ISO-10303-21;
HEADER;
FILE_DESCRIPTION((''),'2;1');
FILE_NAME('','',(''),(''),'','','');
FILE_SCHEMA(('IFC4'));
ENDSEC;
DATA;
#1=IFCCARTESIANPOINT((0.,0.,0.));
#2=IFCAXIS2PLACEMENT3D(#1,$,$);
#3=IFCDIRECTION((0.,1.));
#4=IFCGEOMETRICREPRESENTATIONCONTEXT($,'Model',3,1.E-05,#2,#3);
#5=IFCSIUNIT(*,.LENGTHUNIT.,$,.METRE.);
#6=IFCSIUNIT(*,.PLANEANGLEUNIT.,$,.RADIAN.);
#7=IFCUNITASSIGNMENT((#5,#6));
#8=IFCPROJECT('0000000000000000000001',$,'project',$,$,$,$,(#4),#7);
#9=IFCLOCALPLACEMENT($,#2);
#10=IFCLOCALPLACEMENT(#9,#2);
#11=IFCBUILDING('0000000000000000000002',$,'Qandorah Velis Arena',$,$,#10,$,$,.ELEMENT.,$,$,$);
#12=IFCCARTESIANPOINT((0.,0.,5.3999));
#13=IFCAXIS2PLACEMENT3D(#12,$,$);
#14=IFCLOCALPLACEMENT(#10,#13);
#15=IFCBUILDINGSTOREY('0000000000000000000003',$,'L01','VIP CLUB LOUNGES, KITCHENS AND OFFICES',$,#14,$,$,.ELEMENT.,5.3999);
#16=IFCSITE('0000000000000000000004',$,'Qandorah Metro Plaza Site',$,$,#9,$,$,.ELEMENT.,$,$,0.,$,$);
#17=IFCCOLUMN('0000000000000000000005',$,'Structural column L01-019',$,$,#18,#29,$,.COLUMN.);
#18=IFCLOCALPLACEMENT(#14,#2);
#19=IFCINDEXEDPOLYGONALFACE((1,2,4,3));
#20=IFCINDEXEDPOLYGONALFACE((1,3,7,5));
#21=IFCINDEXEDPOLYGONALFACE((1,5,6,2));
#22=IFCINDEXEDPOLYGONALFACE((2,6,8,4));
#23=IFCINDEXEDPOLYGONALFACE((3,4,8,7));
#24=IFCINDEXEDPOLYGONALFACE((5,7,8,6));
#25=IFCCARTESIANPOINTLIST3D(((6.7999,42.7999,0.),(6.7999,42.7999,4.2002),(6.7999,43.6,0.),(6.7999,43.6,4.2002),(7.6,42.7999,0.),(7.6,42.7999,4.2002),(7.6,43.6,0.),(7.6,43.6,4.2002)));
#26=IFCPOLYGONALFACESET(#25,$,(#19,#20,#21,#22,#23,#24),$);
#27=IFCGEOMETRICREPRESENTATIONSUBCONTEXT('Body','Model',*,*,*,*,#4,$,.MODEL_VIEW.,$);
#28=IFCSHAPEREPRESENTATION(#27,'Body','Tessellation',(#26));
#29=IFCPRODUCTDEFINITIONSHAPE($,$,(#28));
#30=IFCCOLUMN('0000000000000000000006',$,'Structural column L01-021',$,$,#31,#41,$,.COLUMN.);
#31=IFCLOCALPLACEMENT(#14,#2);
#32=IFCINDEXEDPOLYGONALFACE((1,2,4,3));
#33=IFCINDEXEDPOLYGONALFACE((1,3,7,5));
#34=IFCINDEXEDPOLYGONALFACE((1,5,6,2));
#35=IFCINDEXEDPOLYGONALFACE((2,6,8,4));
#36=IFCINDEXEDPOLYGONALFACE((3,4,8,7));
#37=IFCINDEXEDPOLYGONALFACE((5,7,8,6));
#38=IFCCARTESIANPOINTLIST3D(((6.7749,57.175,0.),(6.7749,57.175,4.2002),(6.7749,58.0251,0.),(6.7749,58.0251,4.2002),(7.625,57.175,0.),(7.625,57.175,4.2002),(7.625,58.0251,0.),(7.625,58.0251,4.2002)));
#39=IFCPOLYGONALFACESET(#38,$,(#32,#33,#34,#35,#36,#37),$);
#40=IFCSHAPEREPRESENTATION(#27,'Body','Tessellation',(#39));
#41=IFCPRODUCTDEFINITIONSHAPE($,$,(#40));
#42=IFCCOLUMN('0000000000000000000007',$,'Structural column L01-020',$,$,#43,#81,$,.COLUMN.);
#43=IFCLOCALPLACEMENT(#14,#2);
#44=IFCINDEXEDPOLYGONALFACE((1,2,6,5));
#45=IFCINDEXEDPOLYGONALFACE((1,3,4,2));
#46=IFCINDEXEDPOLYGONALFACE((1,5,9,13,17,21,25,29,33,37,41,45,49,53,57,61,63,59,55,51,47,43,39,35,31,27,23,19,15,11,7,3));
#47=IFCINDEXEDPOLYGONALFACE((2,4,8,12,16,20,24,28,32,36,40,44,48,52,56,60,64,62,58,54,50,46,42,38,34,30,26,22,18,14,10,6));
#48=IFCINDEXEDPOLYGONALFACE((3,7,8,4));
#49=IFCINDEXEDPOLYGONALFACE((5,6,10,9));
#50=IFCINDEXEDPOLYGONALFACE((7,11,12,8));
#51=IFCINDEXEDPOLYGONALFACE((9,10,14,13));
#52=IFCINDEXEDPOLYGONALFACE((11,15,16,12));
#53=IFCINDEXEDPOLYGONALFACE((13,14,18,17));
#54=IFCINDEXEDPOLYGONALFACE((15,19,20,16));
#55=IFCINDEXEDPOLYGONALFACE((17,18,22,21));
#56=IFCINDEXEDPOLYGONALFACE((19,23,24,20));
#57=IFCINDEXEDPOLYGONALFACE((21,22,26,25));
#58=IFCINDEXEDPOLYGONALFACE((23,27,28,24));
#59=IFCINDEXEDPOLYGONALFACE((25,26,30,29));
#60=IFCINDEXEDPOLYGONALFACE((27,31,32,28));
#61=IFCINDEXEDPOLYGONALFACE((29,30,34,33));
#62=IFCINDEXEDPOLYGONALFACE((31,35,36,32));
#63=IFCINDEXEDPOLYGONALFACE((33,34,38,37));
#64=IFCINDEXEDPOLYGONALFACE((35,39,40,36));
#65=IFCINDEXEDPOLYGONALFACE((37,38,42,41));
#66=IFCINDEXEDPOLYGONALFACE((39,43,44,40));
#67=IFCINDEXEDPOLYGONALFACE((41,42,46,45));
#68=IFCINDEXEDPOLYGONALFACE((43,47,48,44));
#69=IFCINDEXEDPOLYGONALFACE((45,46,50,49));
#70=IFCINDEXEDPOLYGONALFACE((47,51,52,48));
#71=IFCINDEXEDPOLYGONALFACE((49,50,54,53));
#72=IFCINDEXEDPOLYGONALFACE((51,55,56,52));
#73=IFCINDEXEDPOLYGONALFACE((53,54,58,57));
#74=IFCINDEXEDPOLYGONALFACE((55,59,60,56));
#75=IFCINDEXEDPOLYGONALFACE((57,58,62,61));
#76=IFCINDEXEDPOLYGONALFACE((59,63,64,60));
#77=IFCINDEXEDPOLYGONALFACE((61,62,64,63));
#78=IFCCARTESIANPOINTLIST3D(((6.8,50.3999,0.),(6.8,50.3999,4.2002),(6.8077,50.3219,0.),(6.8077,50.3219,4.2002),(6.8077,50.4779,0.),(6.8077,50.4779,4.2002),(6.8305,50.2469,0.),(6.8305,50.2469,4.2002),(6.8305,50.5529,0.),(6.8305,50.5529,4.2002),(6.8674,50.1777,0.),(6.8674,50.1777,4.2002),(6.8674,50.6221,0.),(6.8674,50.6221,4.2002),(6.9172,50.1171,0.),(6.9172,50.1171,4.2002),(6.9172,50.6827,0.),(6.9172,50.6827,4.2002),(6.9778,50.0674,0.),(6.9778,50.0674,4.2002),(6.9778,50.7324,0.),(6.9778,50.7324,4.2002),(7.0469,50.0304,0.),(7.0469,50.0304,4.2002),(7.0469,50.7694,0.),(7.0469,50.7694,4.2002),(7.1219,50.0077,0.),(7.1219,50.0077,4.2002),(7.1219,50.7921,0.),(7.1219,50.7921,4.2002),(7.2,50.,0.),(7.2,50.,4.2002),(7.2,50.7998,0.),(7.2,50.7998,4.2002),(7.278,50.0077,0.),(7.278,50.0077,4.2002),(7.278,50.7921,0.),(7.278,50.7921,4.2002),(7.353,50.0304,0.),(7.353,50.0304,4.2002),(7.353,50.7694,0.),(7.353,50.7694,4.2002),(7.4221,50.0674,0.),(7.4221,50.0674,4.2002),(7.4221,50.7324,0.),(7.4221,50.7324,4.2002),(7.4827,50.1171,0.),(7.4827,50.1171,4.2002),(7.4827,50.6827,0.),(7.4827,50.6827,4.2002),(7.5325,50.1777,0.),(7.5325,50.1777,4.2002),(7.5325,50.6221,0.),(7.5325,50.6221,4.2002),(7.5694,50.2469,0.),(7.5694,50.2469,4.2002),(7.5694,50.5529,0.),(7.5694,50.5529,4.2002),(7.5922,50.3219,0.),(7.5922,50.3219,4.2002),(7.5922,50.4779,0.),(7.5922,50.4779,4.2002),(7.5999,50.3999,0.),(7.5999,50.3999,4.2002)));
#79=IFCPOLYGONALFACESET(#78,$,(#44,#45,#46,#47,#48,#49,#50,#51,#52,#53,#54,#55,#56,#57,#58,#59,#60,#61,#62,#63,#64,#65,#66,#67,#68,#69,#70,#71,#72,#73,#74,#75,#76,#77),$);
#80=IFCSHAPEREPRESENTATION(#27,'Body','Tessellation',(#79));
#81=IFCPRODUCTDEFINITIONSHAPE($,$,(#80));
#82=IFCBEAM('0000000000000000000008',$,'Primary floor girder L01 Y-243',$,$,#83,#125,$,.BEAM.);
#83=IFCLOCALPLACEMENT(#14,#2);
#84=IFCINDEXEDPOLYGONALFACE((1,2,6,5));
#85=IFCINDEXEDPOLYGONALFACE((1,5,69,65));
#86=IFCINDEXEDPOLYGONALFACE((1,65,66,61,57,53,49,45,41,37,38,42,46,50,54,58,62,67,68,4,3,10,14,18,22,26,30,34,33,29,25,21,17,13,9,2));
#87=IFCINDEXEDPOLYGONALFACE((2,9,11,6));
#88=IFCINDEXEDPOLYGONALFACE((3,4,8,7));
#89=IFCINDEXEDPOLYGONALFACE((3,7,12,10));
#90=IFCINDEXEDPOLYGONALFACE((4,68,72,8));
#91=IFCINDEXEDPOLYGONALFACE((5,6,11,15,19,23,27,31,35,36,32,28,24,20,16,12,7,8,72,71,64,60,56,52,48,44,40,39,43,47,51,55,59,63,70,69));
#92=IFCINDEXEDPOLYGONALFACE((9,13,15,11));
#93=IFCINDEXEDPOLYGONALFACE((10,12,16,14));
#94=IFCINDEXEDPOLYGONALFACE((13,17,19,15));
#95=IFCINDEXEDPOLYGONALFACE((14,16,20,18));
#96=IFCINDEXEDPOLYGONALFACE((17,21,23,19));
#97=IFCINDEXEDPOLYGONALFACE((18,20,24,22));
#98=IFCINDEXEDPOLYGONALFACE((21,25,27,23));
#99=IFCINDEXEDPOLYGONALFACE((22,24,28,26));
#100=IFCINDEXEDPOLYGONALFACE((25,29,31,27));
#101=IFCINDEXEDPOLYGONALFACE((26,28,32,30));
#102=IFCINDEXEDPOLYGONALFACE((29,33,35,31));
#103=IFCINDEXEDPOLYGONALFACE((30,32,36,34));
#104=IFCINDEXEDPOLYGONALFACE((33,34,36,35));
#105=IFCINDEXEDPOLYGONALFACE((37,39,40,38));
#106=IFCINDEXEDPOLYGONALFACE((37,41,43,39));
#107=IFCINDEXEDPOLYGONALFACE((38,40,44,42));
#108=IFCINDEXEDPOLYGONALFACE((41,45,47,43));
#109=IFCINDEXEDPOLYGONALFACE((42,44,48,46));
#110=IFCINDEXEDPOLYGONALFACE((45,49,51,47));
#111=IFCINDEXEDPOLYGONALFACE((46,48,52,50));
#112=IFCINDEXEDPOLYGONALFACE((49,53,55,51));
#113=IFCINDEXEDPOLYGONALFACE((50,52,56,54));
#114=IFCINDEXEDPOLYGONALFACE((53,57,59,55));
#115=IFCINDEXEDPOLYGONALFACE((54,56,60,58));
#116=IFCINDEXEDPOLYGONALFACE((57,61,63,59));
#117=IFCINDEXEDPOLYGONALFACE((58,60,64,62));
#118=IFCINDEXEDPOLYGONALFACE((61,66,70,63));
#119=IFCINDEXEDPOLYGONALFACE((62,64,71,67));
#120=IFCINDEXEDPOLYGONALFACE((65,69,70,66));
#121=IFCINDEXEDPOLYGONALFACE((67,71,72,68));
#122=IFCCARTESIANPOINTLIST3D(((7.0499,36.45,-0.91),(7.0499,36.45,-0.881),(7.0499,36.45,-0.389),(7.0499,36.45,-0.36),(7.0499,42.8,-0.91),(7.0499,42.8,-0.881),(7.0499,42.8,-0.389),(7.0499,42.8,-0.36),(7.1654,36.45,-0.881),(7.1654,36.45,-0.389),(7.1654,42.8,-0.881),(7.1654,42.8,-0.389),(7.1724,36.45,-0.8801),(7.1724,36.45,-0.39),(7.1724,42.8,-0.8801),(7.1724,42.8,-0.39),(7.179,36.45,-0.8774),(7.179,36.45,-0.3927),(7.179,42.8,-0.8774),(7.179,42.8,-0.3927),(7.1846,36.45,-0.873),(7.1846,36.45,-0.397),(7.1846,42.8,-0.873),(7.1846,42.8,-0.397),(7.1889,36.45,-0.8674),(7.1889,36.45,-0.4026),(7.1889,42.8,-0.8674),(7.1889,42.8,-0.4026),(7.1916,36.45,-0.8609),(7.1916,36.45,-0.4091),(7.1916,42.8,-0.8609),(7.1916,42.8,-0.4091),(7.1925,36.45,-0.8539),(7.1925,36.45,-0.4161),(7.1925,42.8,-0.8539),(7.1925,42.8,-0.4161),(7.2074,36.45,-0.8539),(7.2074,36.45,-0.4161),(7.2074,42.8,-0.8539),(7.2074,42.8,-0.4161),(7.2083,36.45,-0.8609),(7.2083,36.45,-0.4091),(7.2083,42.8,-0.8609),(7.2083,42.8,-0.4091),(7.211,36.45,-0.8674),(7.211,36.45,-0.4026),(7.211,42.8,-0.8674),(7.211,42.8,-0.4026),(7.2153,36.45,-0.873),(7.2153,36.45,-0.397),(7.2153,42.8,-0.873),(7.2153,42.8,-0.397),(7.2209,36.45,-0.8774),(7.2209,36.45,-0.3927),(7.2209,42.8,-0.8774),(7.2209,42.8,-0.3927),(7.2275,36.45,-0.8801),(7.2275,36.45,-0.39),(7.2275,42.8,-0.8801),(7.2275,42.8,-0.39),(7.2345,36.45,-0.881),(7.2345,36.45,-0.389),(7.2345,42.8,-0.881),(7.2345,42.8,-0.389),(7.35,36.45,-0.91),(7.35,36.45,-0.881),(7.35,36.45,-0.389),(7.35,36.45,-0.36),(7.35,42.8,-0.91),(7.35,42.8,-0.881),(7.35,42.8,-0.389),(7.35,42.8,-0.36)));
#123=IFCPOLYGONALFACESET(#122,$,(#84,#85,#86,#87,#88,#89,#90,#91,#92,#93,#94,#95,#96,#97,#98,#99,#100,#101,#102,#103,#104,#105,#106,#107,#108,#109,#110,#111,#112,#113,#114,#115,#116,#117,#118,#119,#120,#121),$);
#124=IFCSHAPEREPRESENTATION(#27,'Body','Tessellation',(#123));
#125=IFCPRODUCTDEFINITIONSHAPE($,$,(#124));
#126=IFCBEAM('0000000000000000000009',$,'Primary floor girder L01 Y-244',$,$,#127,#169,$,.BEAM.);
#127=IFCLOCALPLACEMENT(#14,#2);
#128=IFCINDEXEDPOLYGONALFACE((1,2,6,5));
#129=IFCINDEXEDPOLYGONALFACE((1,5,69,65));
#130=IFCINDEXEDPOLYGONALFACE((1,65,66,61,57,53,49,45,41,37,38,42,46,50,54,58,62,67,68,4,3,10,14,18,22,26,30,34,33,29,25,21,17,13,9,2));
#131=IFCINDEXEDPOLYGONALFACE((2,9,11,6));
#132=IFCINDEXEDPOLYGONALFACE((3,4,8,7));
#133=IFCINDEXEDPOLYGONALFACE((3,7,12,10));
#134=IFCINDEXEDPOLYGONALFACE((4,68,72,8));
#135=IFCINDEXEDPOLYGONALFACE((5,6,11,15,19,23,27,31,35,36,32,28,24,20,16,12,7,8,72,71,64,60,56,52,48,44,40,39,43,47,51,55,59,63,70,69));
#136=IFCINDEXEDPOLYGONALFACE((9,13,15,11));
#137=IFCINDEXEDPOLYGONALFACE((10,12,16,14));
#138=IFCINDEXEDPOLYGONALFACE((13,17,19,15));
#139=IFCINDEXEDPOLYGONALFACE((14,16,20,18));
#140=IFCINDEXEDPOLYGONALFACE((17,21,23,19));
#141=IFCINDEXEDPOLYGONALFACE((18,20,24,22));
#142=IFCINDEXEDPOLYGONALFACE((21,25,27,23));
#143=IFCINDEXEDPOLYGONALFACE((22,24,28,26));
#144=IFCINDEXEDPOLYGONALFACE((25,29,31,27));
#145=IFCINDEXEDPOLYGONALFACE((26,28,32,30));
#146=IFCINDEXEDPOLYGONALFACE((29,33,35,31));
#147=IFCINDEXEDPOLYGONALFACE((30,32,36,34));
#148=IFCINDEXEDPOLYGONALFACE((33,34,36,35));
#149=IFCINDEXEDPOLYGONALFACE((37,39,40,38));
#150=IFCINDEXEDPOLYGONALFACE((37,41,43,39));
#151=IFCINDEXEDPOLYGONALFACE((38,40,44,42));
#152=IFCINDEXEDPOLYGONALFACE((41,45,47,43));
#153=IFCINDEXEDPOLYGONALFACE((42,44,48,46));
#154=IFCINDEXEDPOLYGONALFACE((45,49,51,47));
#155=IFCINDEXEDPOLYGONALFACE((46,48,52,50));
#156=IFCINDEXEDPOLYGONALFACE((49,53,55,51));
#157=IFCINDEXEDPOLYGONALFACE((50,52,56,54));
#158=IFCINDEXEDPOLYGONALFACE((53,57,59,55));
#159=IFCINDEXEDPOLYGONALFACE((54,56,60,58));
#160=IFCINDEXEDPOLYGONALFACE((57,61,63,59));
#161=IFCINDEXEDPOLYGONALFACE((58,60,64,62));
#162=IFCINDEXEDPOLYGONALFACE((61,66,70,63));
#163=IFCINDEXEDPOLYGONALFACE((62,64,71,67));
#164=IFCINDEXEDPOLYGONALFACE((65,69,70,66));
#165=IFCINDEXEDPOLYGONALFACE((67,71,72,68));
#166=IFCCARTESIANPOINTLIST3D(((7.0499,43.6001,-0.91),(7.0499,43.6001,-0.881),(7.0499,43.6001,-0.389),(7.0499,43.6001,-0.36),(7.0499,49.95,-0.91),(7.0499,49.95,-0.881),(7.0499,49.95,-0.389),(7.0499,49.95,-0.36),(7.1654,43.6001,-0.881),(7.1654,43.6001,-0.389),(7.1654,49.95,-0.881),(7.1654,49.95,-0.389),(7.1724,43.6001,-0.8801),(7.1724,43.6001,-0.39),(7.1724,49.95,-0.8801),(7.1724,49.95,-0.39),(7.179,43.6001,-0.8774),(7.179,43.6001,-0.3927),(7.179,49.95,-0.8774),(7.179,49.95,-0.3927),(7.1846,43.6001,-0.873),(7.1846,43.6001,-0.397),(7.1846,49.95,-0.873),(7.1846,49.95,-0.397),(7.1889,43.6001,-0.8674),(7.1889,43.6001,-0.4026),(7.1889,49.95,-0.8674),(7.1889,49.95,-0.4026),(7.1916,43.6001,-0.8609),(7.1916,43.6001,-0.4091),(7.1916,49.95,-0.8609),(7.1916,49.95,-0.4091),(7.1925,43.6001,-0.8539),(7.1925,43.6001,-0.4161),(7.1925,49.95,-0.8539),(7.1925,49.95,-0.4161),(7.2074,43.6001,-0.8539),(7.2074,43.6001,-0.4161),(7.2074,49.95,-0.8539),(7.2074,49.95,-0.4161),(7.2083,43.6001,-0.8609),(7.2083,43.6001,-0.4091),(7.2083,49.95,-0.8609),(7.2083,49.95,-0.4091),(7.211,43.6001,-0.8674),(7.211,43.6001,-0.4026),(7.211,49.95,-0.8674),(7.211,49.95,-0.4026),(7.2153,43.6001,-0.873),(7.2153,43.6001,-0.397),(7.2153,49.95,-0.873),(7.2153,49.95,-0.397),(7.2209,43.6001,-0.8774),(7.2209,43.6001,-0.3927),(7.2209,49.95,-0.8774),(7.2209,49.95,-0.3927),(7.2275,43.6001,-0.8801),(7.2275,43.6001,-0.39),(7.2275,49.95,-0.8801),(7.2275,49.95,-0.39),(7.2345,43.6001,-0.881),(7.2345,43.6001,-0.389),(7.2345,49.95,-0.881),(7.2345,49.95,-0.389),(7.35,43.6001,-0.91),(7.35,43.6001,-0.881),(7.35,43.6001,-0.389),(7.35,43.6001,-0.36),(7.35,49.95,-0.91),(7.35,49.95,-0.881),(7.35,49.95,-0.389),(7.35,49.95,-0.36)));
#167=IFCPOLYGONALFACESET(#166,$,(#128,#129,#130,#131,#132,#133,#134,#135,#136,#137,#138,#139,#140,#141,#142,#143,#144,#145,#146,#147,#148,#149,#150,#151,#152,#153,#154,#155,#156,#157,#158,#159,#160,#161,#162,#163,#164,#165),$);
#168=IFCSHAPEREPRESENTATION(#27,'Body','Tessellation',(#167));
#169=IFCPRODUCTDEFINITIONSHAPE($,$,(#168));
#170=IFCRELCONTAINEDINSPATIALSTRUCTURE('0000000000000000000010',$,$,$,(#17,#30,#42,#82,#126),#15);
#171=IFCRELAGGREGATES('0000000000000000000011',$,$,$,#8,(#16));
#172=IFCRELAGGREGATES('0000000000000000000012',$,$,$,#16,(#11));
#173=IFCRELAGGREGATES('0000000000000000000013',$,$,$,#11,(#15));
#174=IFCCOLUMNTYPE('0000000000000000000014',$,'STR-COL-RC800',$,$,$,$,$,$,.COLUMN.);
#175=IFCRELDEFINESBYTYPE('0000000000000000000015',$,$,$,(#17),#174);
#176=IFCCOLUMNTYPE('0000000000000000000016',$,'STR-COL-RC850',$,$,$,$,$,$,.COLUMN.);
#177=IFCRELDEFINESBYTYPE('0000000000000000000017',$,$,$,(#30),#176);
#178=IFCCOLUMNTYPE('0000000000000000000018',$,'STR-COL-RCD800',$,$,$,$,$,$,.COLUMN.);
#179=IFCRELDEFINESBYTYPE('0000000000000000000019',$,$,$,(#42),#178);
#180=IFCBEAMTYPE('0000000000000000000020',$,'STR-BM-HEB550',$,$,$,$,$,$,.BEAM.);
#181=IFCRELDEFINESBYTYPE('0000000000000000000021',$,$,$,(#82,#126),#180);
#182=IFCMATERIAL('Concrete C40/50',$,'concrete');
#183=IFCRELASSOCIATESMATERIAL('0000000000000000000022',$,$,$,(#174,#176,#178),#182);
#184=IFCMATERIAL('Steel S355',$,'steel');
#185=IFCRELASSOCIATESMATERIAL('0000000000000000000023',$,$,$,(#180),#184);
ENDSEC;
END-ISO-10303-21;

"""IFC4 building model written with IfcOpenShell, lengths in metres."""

from ifc_helpers import new_model, si_unit, direction, frame, origin, origin_2d, place, context, subcontext, project, spatial, rectangle, circle, i_section, extrude, material, material_profile, profile_set, type_object, element, save


model = new_model("IFC4")

# Units and contexts
model_context = context("Model", 3, precision=1e-05, world=origin(), true_north=direction((0.0, 1.0)))
body_context = subcontext(model_context, "Body", "Model", "MODEL_VIEW")
ifc_project = project(units=[si_unit("LENGTHUNIT", "METRE"), si_unit("PLANEANGLEUNIT", "RADIAN")], contexts=[model_context])

# Site, building, storey
site_placement = place(None, origin())
site = spatial("IfcSite", under=ifc_project, at=site_placement, Name="Qandorah Metro Plaza Site", CompositionType="ELEMENT", RefElevation=0.0)
building_placement = place(site_placement, origin())
building = spatial("IfcBuilding", under=site, at=building_placement, Name="Qandorah Velis Arena", CompositionType="ELEMENT")
storey_placement = place(building_placement, frame((0.0, 0.0, 5.3999)))
storey = spatial("IfcBuildingStorey", under=building, at=storey_placement, Name="L01", Description="VIP CLUB LOUNGES, KITCHENS AND OFFICES", CompositionType="ELEMENT", Elevation=5.3999)

# Columns
ifc_material_1 = material(Name="Concrete C40/50", Category="concrete")
ifc_material_profile_1 = material_profile(ifc_material_1, rectangle(XDim=0.8, YDim=0.8, at=origin_2d()), Name="RC COL 800x800")
ifc_profile_set_1 = profile_set([ifc_material_profile_1], Name="Concrete C40/50")
column_type_1 = type_object("IfcColumnType", Name="STR-COL-RC800", PredefinedType="COLUMN", material=ifc_profile_set_1)
column_1_placement = place(storey_placement, frame((7.2, 43.2, 0.0), z_axis=(0.0, 0.0, 1.0), x_axis=(1.0, 0.0, 0.0)))
element("IfcColumn", 1, at=column_1_placement, inside=storey, type_object=column_type_1, Name="Structural column L01-019", PredefinedType="COLUMN", context=body_context, shape_type="SweptSolid", body=[
    extrude(rectangle(XDim=0.8, YDim=0.8, at=origin_2d()), origin(), (0.0, 0.0, 1.0), 4.2002),
])
ifc_material_profile_2 = material_profile(ifc_material_1, rectangle(XDim=0.8501, YDim=0.8501, at=origin_2d()), Name="RC COL 850x850")
ifc_profile_set_2 = profile_set([ifc_material_profile_2], Name="Concrete C40/50")
column_type_2 = type_object("IfcColumnType", Name="STR-COL-RC850", PredefinedType="COLUMN", material=ifc_profile_set_2)
column_2_placement = place(storey_placement, frame((7.2, 57.6001, 0.0), z_axis=(0.0, 0.0, 1.0), x_axis=(1.0, 0.0, 0.0)))
element("IfcColumn", 2, at=column_2_placement, inside=storey, type_object=column_type_2, Name="Structural column L01-021", PredefinedType="COLUMN", context=body_context, shape_type="SweptSolid", body=[
    extrude(rectangle(XDim=0.8501, YDim=0.8501, at=origin_2d()), origin(), (0.0, 0.0, 1.0), 4.2002),
])
ifc_material_profile_3 = material_profile(ifc_material_1, circle(Radius=0.3999, at=origin_2d()), Name="RC D800")
ifc_profile_set_3 = profile_set([ifc_material_profile_3], Name="Concrete C40/50")
column_type_3 = type_object("IfcColumnType", Name="STR-COL-RCD800", PredefinedType="COLUMN", material=ifc_profile_set_3)
column_3_placement = place(storey_placement, frame((7.2, 50.3999, 0.0), z_axis=(0.0, 0.0, 1.0), x_axis=(1.0, 0.0, 0.0)))
element("IfcColumn", 3, at=column_3_placement, inside=storey, type_object=column_type_3, Name="Structural column L01-020", PredefinedType="COLUMN", context=body_context, shape_type="SweptSolid", body=[
    extrude(circle(Radius=0.3999, at=origin_2d()), origin(), (0.0, 0.0, 1.0), 4.2002),
])

# Beams
ifc_material_2 = material(Name="Steel S355", Category="steel")
ifc_material_profile_4 = material_profile(ifc_material_2, i_section(OverallWidth=0.3, OverallDepth=0.55, WebThickness=0.0149, FlangeThickness=0.0291, FilletRadius=0.0271, at=origin_2d()), Name="HEB 550")
ifc_profile_set_4 = profile_set([ifc_material_profile_4], Name="Steel S355")
beam_type_1 = type_object("IfcBeamType", Name="STR-BM-HEB550", PredefinedType="BEAM", material=ifc_profile_set_4)
beam_1_placement = place(storey_placement, frame((7.2, 36.45, -0.635), z_axis=(0.0, 1.0, 0.0), x_axis=(-1.0, 0.0, 0.0)))
element("IfcBeam", 4, at=beam_1_placement, inside=storey, type_object=beam_type_1, Name="Primary floor girder L01 Y-243", PredefinedType="BEAM", context=body_context, shape_type="SweptSolid", body=[
    extrude(i_section(OverallWidth=0.3, OverallDepth=0.55, WebThickness=0.0149, FlangeThickness=0.0291, FilletRadius=0.0271, at=origin_2d()), origin(), (0.0, 0.0, 1.0), 6.3501),
])
beam_2_placement = place(storey_placement, frame((7.2, 43.6001, -0.635), z_axis=(0.0, 1.0, 0.0), x_axis=(-1.0, 0.0, 0.0)))
element("IfcBeam", 5, at=beam_2_placement, inside=storey, type_object=beam_type_1, Name="Primary floor girder L01 Y-244", PredefinedType="BEAM", context=body_context, shape_type="SweptSolid", body=[
    extrude(i_section(OverallWidth=0.3, OverallDepth=0.55, WebThickness=0.0149, FlangeThickness=0.0291, FilletRadius=0.0271, at=origin_2d()), origin(), (0.0, 0.0, 1.0), 6.3499),
])

save(model, "model.ifc")
